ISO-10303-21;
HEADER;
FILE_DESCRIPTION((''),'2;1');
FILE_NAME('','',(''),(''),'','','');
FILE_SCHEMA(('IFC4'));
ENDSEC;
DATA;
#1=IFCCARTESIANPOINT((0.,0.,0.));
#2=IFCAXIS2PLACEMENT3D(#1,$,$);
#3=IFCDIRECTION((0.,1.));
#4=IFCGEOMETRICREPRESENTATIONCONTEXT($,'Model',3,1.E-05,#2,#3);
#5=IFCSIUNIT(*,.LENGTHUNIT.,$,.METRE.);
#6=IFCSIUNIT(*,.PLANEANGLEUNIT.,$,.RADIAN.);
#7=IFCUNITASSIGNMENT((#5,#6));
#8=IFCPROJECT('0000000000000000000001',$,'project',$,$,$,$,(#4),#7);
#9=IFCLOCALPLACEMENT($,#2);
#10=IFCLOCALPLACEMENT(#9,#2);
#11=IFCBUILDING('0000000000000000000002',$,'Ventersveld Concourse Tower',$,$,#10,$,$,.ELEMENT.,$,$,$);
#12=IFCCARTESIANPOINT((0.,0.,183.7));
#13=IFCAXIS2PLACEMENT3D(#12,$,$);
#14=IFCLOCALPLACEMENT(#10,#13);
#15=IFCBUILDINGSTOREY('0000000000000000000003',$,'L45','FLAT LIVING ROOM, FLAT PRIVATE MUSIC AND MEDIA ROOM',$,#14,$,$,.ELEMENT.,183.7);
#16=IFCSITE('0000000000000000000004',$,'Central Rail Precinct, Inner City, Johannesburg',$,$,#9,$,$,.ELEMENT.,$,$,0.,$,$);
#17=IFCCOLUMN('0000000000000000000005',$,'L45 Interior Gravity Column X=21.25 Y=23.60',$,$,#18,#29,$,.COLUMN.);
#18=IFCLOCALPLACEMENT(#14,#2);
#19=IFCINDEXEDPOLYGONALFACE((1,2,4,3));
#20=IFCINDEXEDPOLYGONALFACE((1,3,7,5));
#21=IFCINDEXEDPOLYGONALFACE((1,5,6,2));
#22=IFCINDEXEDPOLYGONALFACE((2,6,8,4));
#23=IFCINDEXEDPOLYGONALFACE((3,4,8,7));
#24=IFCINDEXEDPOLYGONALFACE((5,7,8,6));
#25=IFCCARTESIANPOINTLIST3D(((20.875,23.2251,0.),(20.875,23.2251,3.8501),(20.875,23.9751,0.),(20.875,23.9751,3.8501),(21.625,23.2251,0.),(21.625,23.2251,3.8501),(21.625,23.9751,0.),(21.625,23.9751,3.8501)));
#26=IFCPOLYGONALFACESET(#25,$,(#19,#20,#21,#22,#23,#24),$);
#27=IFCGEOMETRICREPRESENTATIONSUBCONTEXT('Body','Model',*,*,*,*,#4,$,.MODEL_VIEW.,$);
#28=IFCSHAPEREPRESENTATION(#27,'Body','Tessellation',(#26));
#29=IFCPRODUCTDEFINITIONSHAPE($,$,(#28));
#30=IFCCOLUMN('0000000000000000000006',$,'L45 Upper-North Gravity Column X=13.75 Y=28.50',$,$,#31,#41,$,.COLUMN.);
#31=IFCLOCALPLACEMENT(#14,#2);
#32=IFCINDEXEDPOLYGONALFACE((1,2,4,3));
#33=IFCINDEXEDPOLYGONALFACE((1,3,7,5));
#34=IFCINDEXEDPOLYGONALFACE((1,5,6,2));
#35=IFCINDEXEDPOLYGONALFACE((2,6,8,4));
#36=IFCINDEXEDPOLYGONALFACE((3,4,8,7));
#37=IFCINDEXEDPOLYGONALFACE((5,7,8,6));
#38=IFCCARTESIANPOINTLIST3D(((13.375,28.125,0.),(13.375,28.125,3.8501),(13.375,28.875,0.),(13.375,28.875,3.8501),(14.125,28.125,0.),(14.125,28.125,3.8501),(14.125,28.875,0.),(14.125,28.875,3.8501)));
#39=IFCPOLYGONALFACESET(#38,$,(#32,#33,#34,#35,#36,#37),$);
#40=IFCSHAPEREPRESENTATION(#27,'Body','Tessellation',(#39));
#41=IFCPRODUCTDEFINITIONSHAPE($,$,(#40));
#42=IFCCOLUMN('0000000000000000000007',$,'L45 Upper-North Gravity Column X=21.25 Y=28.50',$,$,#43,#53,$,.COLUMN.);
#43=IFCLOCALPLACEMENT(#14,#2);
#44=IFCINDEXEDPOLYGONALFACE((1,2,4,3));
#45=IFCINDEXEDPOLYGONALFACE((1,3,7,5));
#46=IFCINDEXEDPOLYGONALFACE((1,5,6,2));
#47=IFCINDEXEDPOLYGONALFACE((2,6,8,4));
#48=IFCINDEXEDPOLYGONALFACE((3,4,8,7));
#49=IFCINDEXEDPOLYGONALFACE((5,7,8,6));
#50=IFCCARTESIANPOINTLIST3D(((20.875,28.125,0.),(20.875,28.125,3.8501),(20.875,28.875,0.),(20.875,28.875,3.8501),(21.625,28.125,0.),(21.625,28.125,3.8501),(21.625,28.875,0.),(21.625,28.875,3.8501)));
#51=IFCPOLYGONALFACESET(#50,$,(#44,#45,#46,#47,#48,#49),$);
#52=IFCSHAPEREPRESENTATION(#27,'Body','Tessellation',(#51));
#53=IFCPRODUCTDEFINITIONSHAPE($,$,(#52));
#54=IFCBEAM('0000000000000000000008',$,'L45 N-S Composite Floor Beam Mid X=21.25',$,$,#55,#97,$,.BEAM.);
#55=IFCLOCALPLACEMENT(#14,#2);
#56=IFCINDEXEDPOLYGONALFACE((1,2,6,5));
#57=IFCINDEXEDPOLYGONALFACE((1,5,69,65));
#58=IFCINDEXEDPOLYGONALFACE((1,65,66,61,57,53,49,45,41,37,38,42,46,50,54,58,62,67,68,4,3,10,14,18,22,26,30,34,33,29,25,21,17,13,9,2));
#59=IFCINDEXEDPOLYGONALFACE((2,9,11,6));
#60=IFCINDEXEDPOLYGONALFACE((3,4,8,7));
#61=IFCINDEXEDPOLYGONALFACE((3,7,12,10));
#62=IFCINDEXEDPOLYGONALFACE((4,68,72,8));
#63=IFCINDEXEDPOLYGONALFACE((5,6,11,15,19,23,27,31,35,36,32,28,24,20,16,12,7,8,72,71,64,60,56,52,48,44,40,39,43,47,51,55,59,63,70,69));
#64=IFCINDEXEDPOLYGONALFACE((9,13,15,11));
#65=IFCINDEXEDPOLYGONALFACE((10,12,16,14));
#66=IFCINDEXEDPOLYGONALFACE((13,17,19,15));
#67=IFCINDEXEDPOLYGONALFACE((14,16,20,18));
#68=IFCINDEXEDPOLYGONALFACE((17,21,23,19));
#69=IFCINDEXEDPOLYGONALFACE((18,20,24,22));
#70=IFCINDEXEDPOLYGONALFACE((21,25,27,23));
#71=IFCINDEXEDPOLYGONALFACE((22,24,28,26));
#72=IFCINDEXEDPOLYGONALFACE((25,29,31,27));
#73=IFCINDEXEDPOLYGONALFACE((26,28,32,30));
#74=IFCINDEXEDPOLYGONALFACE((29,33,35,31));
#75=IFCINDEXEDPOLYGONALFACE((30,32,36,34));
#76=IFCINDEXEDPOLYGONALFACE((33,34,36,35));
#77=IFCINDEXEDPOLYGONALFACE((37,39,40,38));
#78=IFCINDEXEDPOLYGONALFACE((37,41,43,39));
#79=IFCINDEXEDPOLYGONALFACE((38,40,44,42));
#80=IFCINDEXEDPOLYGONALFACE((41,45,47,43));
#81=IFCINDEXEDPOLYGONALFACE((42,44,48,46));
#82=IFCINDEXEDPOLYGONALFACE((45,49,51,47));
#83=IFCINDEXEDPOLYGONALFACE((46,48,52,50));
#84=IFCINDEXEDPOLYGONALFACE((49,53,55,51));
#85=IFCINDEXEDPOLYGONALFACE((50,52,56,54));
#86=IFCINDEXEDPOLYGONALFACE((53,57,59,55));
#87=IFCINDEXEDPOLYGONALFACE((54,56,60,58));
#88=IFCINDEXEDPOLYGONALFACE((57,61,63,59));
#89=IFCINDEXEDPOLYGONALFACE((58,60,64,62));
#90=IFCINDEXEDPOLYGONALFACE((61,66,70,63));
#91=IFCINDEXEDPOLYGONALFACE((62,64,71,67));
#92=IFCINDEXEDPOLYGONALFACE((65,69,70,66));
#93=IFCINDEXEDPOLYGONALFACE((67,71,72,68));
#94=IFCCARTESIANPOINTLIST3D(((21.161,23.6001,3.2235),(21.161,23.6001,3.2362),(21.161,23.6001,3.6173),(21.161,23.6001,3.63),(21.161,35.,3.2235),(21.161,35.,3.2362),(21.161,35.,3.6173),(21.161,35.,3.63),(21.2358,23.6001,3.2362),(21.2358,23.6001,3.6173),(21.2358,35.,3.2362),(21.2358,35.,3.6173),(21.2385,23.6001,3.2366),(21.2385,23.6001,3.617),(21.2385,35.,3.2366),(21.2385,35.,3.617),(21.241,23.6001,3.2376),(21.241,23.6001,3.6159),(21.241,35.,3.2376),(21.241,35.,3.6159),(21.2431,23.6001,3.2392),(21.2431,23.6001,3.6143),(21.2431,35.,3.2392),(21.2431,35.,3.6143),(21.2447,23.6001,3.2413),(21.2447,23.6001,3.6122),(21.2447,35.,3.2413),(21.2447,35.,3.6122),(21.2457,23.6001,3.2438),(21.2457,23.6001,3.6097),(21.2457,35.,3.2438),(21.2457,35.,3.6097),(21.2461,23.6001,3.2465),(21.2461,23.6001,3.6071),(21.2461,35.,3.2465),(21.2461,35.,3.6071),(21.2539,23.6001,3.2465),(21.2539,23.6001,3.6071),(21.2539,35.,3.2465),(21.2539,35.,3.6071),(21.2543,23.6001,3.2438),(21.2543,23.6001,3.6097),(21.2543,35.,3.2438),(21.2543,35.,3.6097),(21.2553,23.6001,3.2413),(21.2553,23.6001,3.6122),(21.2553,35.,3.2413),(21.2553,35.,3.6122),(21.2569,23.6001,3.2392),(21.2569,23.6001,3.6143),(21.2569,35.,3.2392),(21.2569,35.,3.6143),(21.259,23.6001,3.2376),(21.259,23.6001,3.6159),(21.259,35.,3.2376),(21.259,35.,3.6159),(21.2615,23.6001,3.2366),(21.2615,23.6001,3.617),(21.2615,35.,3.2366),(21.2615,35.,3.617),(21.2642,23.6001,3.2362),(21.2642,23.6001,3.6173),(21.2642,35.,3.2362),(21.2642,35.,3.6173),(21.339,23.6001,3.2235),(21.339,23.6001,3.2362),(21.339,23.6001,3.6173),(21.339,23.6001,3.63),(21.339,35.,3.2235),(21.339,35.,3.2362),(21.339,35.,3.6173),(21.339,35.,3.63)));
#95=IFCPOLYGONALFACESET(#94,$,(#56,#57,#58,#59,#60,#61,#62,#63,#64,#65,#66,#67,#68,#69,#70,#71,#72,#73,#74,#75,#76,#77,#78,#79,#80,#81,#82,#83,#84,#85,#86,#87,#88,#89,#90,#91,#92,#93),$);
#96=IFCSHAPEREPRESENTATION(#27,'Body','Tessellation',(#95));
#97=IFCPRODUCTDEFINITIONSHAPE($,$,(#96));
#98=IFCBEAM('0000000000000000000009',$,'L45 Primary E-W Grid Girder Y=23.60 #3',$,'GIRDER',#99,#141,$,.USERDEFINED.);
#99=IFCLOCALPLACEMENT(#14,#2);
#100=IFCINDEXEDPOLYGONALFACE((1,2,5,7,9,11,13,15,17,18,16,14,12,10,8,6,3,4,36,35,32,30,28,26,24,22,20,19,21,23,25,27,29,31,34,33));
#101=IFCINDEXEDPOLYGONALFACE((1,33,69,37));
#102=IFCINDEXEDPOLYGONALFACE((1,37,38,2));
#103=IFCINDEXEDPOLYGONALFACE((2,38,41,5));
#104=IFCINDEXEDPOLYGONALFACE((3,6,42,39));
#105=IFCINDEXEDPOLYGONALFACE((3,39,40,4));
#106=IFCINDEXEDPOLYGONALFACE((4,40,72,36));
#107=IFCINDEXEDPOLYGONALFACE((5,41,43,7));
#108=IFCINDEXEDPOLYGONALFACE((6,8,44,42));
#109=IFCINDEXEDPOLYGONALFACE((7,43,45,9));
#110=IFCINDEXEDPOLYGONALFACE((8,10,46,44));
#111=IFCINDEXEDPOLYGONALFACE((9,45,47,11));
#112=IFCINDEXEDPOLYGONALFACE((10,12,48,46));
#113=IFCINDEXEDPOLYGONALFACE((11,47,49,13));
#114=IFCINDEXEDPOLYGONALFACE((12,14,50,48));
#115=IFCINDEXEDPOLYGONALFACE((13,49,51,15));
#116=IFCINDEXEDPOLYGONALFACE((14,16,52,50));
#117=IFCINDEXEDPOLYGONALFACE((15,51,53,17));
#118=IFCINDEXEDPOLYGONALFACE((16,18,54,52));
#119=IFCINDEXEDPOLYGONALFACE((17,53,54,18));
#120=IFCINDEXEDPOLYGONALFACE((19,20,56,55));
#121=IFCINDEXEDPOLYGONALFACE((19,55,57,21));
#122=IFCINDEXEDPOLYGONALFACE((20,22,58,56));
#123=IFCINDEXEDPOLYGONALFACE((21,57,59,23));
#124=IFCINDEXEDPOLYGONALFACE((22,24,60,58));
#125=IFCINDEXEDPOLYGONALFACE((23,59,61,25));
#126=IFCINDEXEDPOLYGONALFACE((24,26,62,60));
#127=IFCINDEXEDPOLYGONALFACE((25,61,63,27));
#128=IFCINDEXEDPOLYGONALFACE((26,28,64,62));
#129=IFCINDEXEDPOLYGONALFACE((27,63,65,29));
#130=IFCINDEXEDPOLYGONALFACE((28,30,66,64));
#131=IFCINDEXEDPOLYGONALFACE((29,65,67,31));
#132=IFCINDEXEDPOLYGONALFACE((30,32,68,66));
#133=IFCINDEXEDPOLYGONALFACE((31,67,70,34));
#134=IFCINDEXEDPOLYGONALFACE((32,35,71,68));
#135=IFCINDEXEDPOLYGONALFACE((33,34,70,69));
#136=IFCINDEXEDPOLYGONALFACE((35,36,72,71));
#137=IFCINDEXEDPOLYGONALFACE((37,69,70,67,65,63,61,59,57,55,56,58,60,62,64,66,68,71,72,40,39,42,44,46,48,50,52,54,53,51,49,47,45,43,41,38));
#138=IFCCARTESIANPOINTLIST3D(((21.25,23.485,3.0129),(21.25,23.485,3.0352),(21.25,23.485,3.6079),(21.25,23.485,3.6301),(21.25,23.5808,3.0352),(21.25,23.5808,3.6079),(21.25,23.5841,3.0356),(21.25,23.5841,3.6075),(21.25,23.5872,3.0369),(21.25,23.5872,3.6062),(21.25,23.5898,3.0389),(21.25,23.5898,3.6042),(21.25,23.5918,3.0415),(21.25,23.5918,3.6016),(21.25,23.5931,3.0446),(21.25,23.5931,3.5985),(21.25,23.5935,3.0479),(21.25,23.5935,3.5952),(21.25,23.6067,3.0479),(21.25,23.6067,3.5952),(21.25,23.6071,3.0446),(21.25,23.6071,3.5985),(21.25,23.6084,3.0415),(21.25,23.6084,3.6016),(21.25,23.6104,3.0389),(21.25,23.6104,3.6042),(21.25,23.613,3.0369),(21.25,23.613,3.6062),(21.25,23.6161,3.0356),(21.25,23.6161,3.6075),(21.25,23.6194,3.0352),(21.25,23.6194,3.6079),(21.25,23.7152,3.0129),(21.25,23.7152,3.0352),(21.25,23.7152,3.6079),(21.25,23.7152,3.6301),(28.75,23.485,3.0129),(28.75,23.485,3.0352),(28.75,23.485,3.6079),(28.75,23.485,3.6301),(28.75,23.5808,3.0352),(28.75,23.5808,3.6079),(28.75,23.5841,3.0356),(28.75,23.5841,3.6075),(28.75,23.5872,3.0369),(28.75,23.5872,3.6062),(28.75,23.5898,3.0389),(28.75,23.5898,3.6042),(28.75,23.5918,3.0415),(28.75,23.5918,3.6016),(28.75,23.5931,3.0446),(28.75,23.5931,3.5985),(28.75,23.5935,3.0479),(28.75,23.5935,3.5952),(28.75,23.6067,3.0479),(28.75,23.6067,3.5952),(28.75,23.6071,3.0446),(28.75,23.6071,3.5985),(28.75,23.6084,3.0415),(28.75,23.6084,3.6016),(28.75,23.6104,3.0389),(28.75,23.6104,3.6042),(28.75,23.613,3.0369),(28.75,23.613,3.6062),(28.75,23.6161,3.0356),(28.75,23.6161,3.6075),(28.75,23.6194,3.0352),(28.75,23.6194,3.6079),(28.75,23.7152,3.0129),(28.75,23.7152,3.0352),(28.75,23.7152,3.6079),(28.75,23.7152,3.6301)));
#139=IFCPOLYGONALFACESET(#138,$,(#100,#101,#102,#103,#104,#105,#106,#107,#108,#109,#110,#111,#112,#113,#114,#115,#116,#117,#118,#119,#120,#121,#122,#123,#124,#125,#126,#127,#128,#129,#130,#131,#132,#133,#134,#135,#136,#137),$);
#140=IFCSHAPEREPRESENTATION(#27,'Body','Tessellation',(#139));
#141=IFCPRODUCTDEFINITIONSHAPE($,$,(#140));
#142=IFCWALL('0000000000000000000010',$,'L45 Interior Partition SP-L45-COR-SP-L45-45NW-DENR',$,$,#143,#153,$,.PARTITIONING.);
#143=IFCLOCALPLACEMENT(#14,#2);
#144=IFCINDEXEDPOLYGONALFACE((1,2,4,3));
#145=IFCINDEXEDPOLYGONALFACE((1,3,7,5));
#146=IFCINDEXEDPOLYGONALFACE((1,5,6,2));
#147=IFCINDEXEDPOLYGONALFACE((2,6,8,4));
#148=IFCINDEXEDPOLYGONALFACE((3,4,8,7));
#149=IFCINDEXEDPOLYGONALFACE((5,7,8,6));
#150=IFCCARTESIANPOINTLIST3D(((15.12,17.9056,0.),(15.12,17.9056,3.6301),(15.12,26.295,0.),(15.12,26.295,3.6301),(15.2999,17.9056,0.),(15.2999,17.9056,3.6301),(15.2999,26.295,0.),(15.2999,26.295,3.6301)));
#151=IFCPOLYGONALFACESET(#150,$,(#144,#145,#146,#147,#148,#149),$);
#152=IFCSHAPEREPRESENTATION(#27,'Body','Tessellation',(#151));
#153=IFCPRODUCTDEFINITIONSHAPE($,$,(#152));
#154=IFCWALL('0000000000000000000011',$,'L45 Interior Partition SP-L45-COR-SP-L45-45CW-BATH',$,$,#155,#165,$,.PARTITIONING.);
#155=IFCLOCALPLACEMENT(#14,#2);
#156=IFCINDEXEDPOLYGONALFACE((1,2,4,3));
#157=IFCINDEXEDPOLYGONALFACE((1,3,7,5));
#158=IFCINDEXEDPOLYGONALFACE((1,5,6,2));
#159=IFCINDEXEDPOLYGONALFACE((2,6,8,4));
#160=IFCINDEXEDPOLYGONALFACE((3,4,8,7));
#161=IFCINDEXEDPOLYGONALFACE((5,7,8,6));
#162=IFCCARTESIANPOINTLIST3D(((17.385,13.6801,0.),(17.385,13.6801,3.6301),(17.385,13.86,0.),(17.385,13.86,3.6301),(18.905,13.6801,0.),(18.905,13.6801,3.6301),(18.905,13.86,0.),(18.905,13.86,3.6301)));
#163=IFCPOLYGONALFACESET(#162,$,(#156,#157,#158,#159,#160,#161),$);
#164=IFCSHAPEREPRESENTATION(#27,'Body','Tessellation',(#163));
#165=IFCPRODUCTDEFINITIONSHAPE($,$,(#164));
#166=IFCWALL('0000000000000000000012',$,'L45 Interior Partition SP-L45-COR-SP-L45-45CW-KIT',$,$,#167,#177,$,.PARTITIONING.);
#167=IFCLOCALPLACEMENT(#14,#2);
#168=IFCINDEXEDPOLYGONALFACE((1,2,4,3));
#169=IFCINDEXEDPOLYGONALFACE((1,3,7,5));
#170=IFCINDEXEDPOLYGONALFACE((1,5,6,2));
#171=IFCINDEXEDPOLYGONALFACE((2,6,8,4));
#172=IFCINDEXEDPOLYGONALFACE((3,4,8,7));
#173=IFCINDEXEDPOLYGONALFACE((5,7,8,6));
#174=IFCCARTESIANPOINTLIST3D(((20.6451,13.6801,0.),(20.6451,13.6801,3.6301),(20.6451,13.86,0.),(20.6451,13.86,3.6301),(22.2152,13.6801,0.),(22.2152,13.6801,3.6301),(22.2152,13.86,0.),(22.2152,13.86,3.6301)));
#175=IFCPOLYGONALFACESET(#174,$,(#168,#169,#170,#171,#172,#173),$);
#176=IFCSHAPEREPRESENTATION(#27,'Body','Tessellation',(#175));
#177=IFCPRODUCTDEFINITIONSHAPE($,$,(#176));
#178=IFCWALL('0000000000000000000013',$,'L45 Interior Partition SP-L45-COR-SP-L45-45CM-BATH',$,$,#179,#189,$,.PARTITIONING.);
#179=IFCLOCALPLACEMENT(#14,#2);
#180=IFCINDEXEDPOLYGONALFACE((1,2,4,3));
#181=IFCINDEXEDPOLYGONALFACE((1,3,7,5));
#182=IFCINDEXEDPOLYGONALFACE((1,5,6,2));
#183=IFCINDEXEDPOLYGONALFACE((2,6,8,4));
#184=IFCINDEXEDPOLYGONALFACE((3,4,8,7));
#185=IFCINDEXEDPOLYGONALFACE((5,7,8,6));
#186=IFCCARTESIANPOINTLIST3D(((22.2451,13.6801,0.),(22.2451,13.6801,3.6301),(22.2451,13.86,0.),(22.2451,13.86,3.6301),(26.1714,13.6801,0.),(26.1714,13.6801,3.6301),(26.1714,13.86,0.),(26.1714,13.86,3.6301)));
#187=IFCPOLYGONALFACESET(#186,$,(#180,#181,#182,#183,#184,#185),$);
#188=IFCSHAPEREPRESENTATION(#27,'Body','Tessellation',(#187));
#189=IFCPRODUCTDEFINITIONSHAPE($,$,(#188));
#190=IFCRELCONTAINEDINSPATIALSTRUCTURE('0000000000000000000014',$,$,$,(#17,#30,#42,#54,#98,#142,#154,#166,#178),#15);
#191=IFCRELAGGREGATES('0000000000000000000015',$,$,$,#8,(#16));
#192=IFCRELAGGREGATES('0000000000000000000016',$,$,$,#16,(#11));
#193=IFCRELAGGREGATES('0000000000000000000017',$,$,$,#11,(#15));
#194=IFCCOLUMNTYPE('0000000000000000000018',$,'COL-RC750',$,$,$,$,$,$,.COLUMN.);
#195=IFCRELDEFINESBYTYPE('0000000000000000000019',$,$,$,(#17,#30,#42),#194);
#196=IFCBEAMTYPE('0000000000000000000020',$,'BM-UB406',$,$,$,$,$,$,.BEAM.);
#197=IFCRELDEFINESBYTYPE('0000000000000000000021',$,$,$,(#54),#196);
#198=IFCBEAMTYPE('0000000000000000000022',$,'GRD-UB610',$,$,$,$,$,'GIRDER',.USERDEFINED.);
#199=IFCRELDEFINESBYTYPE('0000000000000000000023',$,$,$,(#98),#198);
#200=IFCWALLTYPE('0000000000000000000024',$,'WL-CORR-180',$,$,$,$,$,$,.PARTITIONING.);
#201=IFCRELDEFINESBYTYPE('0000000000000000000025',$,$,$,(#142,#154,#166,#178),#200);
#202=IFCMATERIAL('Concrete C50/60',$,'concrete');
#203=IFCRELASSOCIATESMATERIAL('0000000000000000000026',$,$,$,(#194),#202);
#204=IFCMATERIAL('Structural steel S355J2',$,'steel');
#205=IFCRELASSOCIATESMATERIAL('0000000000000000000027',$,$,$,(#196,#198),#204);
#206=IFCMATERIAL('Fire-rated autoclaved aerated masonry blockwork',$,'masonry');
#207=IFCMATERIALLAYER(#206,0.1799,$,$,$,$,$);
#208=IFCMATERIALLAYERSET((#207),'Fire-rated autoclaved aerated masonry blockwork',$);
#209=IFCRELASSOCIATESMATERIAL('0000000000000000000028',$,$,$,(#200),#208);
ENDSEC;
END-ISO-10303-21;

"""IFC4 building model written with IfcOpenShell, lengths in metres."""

from ifc_helpers import new_model, si_unit, direction, frame, frame_2d, origin, origin_2d, place, context, subcontext, project, spatial, rectangle, i_section, extrude, material, layer, layer_set, material_profile, profile_set, type_object, element, save


model = new_model("IFC4")

# Units and contexts
model_context = context("Model", 3, precision=1e-05, world=origin(), true_north=direction((0.0, 1.0)))
body_context = subcontext(model_context, "Body", "Model", "MODEL_VIEW")
ifc_project = project(units=[si_unit("LENGTHUNIT", "METRE"), si_unit("PLANEANGLEUNIT", "RADIAN")], contexts=[model_context])

# Site, building, storey
site_placement = place(None, origin())
site = spatial("IfcSite", under=ifc_project, at=site_placement, Name="Central Rail Precinct, Inner City, Johannesburg", CompositionType="ELEMENT", RefElevation=0.0)
building_placement = place(site_placement, origin())
building = spatial("IfcBuilding", under=site, at=building_placement, Name="Ventersveld Concourse Tower", CompositionType="ELEMENT")
storey_placement = place(building_placement, frame((0.0, 0.0, 183.7)))
storey = spatial("IfcBuildingStorey", under=building, at=storey_placement, Name="L45", Description="FLAT LIVING ROOM, FLAT PRIVATE MUSIC AND MEDIA ROOM", CompositionType="ELEMENT", Elevation=183.7)

# Columns
ifc_material_1 = material(Name="Concrete C50/60", Category="concrete")
ifc_material_profile_1 = material_profile(ifc_material_1, rectangle(XDim=0.75, YDim=0.75, at=origin_2d()), Name="RC 750x750")
ifc_profile_set_1 = profile_set([ifc_material_profile_1], Name="Concrete C50/60")
column_type = type_object("IfcColumnType", Name="COL-RC750", PredefinedType="COLUMN", material=ifc_profile_set_1)
for number, where, z_axis, x_axis, name in (
    (1, (21.25, 23.6001, 0.0), (0.0, 0.0, 1.0), (1.0, 0.0, 0.0), "L45 Interior Gravity Column X=21.25 Y=23.60"),
    (2, (13.75, 28.5, 0.0), (0.0, 0.0, 1.0), (1.0, 0.0, 0.0), "L45 Upper-North Gravity Column X=13.75 Y=28.50"),
    (3, (21.25, 28.5, 0.0), (0.0, 0.0, 1.0), (1.0, 0.0, 0.0), "L45 Upper-North Gravity Column X=21.25 Y=28.50"),
):
    element("IfcColumn", number, at=place(storey_placement, frame(where, z_axis=z_axis, x_axis=x_axis)), inside=storey, type_object=column_type, Name=name, PredefinedType="COLUMN", context=body_context, shape_type="SweptSolid", body=[
        extrude(rectangle(XDim=0.75, YDim=0.75, at=origin_2d()), origin(), (0.0, 0.0, 1.0), 3.8501),
    ])

# Beams
ifc_material_2 = material(Name="Structural steel S355J2", Category="steel")
ifc_material_profile_2 = material_profile(ifc_material_2, i_section(OverallWidth=0.178, OverallDepth=0.4065, WebThickness=0.0078, FlangeThickness=0.0127, FilletRadius=0.0103, at=origin_2d()), Name="UB 406x178x60")
ifc_profile_set_2 = profile_set([ifc_material_profile_2], Name="Structural steel S355J2")
beam_type_1 = type_object("IfcBeamType", Name="BM-UB406", PredefinedType="BEAM", material=ifc_profile_set_2)
beam_1_placement = place(storey_placement, frame((21.25, 23.6001, 3.4268), z_axis=(0.0, 1.0, 0.0), x_axis=(-1.0, 0.0, 0.0)))
element("IfcBeam", 4, at=beam_1_placement, inside=storey, type_object=beam_type_1, Name="L45 N-S Composite Floor Beam Mid X=21.25", PredefinedType="BEAM", context=body_context, shape_type="SweptSolid", body=[
    extrude(i_section(OverallWidth=0.178, OverallDepth=0.4065, WebThickness=0.0078, FlangeThickness=0.0127, FilletRadius=0.0103, at=origin_2d()), origin(), (0.0, 0.0, 1.0), 11.3999),
])
ifc_material_profile_3 = material_profile(ifc_material_2, i_section(OverallWidth=0.2302, OverallDepth=0.6172, WebThickness=0.0132, FlangeThickness=0.0222, FilletRadius=0.0127, at=origin_2d()), Name="UB 610x229x140")
ifc_profile_set_3 = profile_set([ifc_material_profile_3], Name="Structural steel S355J2")
beam_type_2 = type_object("IfcBeamType", Name="GRD-UB610", ElementType="GIRDER", PredefinedType="USERDEFINED", material=ifc_profile_set_3)
beam_2_placement = place(storey_placement, frame((21.25, 23.6001, 3.3215), z_axis=(1.0, 0.0, 0.0), x_axis=(0.0, 1.0, 0.0)))
element("IfcBeam", 5, at=beam_2_placement, inside=storey, type_object=beam_type_2, Name="L45 Primary E-W Grid Girder Y=23.60 #3", ObjectType="GIRDER", PredefinedType="USERDEFINED", context=body_context, shape_type="SweptSolid", body=[
    extrude(i_section(OverallWidth=0.2302, OverallDepth=0.6172, WebThickness=0.0132, FlangeThickness=0.0222, FilletRadius=0.0127, at=origin_2d()), origin(), (0.0, 0.0, 1.0), 7.5),
])

# Wall
ifc_material_3 = material(Name="Fire-rated autoclaved aerated masonry blockwork", Category="masonry")
ifc_layer_1 = layer(ifc_material_3, 0.1799)
ifc_layer_set_1 = layer_set([ifc_layer_1], Name="Fire-rated autoclaved aerated masonry blockwork")
wall_type_1 = type_object("IfcWallType", Name="WL-CORR-180", PredefinedType="PARTITIONING", material=ifc_layer_set_1)
wall_1_placement = place(storey_placement, frame((15.21, 17.9055, 0.0), z_axis=(0.0, 0.0, 1.0), x_axis=(0.0, 1.0, 0.0)))
element("IfcWall", 6, at=wall_1_placement, inside=storey, type_object=wall_type_1, Name="L45 Interior Partition SP-L45-COR-SP-L45-45NW-DENR", PredefinedType="PARTITIONING", context=body_context, shape_type="SweptSolid", body=[
    extrude(rectangle(XDim=8.3894, YDim=0.1799, at=frame_2d((4.1948, 0.0))), origin(), (0.0, 0.0, 1.0), 3.6301),
])

# Walls
wall_2_placement = place(storey_placement, frame((17.385, 13.77, 0.0), z_axis=(0.0, 0.0, 1.0), x_axis=(1.0, 0.0, 0.0)))
element("IfcWall", 7, at=wall_2_placement, inside=storey, type_object=wall_type_1, Name="L45 Interior Partition SP-L45-COR-SP-L45-45CW-BATH", PredefinedType="PARTITIONING", context=body_context, shape_type="SweptSolid", body=[
    extrude(rectangle(XDim=1.52, YDim=0.1799, at=frame_2d((0.76, 0.0))), origin(), (0.0, 0.0, 1.0), 3.6301),
])
wall_3_placement = place(storey_placement, frame((20.645, 13.77, 0.0), z_axis=(0.0, 0.0, 1.0), x_axis=(1.0, 0.0, 0.0)))
element("IfcWall", 8, at=wall_3_placement, inside=storey, type_object=wall_type_1, Name="L45 Interior Partition SP-L45-COR-SP-L45-45CW-KIT", PredefinedType="PARTITIONING", context=body_context, shape_type="SweptSolid", body=[
    extrude(rectangle(XDim=1.5701, YDim=0.1799, at=frame_2d((0.7852, 0.0))), origin(), (0.0, 0.0, 1.0), 3.6301),
])

# Wall
wall_4_placement = place(storey_placement, frame((22.2451, 13.77, 0.0), z_axis=(0.0, 0.0, 1.0), x_axis=(1.0, 0.0, 0.0)))
element("IfcWall", 9, at=wall_4_placement, inside=storey, type_object=wall_type_1, Name="L45 Interior Partition SP-L45-COR-SP-L45-45CM-BATH", PredefinedType="PARTITIONING", context=body_context, shape_type="SweptSolid", body=[
    extrude(rectangle(XDim=3.9263, YDim=0.1799, at=frame_2d((1.9631, 0.0))), origin(), (0.0, 0.0, 1.0), 3.6301),
])

save(model, "model.ifc")
